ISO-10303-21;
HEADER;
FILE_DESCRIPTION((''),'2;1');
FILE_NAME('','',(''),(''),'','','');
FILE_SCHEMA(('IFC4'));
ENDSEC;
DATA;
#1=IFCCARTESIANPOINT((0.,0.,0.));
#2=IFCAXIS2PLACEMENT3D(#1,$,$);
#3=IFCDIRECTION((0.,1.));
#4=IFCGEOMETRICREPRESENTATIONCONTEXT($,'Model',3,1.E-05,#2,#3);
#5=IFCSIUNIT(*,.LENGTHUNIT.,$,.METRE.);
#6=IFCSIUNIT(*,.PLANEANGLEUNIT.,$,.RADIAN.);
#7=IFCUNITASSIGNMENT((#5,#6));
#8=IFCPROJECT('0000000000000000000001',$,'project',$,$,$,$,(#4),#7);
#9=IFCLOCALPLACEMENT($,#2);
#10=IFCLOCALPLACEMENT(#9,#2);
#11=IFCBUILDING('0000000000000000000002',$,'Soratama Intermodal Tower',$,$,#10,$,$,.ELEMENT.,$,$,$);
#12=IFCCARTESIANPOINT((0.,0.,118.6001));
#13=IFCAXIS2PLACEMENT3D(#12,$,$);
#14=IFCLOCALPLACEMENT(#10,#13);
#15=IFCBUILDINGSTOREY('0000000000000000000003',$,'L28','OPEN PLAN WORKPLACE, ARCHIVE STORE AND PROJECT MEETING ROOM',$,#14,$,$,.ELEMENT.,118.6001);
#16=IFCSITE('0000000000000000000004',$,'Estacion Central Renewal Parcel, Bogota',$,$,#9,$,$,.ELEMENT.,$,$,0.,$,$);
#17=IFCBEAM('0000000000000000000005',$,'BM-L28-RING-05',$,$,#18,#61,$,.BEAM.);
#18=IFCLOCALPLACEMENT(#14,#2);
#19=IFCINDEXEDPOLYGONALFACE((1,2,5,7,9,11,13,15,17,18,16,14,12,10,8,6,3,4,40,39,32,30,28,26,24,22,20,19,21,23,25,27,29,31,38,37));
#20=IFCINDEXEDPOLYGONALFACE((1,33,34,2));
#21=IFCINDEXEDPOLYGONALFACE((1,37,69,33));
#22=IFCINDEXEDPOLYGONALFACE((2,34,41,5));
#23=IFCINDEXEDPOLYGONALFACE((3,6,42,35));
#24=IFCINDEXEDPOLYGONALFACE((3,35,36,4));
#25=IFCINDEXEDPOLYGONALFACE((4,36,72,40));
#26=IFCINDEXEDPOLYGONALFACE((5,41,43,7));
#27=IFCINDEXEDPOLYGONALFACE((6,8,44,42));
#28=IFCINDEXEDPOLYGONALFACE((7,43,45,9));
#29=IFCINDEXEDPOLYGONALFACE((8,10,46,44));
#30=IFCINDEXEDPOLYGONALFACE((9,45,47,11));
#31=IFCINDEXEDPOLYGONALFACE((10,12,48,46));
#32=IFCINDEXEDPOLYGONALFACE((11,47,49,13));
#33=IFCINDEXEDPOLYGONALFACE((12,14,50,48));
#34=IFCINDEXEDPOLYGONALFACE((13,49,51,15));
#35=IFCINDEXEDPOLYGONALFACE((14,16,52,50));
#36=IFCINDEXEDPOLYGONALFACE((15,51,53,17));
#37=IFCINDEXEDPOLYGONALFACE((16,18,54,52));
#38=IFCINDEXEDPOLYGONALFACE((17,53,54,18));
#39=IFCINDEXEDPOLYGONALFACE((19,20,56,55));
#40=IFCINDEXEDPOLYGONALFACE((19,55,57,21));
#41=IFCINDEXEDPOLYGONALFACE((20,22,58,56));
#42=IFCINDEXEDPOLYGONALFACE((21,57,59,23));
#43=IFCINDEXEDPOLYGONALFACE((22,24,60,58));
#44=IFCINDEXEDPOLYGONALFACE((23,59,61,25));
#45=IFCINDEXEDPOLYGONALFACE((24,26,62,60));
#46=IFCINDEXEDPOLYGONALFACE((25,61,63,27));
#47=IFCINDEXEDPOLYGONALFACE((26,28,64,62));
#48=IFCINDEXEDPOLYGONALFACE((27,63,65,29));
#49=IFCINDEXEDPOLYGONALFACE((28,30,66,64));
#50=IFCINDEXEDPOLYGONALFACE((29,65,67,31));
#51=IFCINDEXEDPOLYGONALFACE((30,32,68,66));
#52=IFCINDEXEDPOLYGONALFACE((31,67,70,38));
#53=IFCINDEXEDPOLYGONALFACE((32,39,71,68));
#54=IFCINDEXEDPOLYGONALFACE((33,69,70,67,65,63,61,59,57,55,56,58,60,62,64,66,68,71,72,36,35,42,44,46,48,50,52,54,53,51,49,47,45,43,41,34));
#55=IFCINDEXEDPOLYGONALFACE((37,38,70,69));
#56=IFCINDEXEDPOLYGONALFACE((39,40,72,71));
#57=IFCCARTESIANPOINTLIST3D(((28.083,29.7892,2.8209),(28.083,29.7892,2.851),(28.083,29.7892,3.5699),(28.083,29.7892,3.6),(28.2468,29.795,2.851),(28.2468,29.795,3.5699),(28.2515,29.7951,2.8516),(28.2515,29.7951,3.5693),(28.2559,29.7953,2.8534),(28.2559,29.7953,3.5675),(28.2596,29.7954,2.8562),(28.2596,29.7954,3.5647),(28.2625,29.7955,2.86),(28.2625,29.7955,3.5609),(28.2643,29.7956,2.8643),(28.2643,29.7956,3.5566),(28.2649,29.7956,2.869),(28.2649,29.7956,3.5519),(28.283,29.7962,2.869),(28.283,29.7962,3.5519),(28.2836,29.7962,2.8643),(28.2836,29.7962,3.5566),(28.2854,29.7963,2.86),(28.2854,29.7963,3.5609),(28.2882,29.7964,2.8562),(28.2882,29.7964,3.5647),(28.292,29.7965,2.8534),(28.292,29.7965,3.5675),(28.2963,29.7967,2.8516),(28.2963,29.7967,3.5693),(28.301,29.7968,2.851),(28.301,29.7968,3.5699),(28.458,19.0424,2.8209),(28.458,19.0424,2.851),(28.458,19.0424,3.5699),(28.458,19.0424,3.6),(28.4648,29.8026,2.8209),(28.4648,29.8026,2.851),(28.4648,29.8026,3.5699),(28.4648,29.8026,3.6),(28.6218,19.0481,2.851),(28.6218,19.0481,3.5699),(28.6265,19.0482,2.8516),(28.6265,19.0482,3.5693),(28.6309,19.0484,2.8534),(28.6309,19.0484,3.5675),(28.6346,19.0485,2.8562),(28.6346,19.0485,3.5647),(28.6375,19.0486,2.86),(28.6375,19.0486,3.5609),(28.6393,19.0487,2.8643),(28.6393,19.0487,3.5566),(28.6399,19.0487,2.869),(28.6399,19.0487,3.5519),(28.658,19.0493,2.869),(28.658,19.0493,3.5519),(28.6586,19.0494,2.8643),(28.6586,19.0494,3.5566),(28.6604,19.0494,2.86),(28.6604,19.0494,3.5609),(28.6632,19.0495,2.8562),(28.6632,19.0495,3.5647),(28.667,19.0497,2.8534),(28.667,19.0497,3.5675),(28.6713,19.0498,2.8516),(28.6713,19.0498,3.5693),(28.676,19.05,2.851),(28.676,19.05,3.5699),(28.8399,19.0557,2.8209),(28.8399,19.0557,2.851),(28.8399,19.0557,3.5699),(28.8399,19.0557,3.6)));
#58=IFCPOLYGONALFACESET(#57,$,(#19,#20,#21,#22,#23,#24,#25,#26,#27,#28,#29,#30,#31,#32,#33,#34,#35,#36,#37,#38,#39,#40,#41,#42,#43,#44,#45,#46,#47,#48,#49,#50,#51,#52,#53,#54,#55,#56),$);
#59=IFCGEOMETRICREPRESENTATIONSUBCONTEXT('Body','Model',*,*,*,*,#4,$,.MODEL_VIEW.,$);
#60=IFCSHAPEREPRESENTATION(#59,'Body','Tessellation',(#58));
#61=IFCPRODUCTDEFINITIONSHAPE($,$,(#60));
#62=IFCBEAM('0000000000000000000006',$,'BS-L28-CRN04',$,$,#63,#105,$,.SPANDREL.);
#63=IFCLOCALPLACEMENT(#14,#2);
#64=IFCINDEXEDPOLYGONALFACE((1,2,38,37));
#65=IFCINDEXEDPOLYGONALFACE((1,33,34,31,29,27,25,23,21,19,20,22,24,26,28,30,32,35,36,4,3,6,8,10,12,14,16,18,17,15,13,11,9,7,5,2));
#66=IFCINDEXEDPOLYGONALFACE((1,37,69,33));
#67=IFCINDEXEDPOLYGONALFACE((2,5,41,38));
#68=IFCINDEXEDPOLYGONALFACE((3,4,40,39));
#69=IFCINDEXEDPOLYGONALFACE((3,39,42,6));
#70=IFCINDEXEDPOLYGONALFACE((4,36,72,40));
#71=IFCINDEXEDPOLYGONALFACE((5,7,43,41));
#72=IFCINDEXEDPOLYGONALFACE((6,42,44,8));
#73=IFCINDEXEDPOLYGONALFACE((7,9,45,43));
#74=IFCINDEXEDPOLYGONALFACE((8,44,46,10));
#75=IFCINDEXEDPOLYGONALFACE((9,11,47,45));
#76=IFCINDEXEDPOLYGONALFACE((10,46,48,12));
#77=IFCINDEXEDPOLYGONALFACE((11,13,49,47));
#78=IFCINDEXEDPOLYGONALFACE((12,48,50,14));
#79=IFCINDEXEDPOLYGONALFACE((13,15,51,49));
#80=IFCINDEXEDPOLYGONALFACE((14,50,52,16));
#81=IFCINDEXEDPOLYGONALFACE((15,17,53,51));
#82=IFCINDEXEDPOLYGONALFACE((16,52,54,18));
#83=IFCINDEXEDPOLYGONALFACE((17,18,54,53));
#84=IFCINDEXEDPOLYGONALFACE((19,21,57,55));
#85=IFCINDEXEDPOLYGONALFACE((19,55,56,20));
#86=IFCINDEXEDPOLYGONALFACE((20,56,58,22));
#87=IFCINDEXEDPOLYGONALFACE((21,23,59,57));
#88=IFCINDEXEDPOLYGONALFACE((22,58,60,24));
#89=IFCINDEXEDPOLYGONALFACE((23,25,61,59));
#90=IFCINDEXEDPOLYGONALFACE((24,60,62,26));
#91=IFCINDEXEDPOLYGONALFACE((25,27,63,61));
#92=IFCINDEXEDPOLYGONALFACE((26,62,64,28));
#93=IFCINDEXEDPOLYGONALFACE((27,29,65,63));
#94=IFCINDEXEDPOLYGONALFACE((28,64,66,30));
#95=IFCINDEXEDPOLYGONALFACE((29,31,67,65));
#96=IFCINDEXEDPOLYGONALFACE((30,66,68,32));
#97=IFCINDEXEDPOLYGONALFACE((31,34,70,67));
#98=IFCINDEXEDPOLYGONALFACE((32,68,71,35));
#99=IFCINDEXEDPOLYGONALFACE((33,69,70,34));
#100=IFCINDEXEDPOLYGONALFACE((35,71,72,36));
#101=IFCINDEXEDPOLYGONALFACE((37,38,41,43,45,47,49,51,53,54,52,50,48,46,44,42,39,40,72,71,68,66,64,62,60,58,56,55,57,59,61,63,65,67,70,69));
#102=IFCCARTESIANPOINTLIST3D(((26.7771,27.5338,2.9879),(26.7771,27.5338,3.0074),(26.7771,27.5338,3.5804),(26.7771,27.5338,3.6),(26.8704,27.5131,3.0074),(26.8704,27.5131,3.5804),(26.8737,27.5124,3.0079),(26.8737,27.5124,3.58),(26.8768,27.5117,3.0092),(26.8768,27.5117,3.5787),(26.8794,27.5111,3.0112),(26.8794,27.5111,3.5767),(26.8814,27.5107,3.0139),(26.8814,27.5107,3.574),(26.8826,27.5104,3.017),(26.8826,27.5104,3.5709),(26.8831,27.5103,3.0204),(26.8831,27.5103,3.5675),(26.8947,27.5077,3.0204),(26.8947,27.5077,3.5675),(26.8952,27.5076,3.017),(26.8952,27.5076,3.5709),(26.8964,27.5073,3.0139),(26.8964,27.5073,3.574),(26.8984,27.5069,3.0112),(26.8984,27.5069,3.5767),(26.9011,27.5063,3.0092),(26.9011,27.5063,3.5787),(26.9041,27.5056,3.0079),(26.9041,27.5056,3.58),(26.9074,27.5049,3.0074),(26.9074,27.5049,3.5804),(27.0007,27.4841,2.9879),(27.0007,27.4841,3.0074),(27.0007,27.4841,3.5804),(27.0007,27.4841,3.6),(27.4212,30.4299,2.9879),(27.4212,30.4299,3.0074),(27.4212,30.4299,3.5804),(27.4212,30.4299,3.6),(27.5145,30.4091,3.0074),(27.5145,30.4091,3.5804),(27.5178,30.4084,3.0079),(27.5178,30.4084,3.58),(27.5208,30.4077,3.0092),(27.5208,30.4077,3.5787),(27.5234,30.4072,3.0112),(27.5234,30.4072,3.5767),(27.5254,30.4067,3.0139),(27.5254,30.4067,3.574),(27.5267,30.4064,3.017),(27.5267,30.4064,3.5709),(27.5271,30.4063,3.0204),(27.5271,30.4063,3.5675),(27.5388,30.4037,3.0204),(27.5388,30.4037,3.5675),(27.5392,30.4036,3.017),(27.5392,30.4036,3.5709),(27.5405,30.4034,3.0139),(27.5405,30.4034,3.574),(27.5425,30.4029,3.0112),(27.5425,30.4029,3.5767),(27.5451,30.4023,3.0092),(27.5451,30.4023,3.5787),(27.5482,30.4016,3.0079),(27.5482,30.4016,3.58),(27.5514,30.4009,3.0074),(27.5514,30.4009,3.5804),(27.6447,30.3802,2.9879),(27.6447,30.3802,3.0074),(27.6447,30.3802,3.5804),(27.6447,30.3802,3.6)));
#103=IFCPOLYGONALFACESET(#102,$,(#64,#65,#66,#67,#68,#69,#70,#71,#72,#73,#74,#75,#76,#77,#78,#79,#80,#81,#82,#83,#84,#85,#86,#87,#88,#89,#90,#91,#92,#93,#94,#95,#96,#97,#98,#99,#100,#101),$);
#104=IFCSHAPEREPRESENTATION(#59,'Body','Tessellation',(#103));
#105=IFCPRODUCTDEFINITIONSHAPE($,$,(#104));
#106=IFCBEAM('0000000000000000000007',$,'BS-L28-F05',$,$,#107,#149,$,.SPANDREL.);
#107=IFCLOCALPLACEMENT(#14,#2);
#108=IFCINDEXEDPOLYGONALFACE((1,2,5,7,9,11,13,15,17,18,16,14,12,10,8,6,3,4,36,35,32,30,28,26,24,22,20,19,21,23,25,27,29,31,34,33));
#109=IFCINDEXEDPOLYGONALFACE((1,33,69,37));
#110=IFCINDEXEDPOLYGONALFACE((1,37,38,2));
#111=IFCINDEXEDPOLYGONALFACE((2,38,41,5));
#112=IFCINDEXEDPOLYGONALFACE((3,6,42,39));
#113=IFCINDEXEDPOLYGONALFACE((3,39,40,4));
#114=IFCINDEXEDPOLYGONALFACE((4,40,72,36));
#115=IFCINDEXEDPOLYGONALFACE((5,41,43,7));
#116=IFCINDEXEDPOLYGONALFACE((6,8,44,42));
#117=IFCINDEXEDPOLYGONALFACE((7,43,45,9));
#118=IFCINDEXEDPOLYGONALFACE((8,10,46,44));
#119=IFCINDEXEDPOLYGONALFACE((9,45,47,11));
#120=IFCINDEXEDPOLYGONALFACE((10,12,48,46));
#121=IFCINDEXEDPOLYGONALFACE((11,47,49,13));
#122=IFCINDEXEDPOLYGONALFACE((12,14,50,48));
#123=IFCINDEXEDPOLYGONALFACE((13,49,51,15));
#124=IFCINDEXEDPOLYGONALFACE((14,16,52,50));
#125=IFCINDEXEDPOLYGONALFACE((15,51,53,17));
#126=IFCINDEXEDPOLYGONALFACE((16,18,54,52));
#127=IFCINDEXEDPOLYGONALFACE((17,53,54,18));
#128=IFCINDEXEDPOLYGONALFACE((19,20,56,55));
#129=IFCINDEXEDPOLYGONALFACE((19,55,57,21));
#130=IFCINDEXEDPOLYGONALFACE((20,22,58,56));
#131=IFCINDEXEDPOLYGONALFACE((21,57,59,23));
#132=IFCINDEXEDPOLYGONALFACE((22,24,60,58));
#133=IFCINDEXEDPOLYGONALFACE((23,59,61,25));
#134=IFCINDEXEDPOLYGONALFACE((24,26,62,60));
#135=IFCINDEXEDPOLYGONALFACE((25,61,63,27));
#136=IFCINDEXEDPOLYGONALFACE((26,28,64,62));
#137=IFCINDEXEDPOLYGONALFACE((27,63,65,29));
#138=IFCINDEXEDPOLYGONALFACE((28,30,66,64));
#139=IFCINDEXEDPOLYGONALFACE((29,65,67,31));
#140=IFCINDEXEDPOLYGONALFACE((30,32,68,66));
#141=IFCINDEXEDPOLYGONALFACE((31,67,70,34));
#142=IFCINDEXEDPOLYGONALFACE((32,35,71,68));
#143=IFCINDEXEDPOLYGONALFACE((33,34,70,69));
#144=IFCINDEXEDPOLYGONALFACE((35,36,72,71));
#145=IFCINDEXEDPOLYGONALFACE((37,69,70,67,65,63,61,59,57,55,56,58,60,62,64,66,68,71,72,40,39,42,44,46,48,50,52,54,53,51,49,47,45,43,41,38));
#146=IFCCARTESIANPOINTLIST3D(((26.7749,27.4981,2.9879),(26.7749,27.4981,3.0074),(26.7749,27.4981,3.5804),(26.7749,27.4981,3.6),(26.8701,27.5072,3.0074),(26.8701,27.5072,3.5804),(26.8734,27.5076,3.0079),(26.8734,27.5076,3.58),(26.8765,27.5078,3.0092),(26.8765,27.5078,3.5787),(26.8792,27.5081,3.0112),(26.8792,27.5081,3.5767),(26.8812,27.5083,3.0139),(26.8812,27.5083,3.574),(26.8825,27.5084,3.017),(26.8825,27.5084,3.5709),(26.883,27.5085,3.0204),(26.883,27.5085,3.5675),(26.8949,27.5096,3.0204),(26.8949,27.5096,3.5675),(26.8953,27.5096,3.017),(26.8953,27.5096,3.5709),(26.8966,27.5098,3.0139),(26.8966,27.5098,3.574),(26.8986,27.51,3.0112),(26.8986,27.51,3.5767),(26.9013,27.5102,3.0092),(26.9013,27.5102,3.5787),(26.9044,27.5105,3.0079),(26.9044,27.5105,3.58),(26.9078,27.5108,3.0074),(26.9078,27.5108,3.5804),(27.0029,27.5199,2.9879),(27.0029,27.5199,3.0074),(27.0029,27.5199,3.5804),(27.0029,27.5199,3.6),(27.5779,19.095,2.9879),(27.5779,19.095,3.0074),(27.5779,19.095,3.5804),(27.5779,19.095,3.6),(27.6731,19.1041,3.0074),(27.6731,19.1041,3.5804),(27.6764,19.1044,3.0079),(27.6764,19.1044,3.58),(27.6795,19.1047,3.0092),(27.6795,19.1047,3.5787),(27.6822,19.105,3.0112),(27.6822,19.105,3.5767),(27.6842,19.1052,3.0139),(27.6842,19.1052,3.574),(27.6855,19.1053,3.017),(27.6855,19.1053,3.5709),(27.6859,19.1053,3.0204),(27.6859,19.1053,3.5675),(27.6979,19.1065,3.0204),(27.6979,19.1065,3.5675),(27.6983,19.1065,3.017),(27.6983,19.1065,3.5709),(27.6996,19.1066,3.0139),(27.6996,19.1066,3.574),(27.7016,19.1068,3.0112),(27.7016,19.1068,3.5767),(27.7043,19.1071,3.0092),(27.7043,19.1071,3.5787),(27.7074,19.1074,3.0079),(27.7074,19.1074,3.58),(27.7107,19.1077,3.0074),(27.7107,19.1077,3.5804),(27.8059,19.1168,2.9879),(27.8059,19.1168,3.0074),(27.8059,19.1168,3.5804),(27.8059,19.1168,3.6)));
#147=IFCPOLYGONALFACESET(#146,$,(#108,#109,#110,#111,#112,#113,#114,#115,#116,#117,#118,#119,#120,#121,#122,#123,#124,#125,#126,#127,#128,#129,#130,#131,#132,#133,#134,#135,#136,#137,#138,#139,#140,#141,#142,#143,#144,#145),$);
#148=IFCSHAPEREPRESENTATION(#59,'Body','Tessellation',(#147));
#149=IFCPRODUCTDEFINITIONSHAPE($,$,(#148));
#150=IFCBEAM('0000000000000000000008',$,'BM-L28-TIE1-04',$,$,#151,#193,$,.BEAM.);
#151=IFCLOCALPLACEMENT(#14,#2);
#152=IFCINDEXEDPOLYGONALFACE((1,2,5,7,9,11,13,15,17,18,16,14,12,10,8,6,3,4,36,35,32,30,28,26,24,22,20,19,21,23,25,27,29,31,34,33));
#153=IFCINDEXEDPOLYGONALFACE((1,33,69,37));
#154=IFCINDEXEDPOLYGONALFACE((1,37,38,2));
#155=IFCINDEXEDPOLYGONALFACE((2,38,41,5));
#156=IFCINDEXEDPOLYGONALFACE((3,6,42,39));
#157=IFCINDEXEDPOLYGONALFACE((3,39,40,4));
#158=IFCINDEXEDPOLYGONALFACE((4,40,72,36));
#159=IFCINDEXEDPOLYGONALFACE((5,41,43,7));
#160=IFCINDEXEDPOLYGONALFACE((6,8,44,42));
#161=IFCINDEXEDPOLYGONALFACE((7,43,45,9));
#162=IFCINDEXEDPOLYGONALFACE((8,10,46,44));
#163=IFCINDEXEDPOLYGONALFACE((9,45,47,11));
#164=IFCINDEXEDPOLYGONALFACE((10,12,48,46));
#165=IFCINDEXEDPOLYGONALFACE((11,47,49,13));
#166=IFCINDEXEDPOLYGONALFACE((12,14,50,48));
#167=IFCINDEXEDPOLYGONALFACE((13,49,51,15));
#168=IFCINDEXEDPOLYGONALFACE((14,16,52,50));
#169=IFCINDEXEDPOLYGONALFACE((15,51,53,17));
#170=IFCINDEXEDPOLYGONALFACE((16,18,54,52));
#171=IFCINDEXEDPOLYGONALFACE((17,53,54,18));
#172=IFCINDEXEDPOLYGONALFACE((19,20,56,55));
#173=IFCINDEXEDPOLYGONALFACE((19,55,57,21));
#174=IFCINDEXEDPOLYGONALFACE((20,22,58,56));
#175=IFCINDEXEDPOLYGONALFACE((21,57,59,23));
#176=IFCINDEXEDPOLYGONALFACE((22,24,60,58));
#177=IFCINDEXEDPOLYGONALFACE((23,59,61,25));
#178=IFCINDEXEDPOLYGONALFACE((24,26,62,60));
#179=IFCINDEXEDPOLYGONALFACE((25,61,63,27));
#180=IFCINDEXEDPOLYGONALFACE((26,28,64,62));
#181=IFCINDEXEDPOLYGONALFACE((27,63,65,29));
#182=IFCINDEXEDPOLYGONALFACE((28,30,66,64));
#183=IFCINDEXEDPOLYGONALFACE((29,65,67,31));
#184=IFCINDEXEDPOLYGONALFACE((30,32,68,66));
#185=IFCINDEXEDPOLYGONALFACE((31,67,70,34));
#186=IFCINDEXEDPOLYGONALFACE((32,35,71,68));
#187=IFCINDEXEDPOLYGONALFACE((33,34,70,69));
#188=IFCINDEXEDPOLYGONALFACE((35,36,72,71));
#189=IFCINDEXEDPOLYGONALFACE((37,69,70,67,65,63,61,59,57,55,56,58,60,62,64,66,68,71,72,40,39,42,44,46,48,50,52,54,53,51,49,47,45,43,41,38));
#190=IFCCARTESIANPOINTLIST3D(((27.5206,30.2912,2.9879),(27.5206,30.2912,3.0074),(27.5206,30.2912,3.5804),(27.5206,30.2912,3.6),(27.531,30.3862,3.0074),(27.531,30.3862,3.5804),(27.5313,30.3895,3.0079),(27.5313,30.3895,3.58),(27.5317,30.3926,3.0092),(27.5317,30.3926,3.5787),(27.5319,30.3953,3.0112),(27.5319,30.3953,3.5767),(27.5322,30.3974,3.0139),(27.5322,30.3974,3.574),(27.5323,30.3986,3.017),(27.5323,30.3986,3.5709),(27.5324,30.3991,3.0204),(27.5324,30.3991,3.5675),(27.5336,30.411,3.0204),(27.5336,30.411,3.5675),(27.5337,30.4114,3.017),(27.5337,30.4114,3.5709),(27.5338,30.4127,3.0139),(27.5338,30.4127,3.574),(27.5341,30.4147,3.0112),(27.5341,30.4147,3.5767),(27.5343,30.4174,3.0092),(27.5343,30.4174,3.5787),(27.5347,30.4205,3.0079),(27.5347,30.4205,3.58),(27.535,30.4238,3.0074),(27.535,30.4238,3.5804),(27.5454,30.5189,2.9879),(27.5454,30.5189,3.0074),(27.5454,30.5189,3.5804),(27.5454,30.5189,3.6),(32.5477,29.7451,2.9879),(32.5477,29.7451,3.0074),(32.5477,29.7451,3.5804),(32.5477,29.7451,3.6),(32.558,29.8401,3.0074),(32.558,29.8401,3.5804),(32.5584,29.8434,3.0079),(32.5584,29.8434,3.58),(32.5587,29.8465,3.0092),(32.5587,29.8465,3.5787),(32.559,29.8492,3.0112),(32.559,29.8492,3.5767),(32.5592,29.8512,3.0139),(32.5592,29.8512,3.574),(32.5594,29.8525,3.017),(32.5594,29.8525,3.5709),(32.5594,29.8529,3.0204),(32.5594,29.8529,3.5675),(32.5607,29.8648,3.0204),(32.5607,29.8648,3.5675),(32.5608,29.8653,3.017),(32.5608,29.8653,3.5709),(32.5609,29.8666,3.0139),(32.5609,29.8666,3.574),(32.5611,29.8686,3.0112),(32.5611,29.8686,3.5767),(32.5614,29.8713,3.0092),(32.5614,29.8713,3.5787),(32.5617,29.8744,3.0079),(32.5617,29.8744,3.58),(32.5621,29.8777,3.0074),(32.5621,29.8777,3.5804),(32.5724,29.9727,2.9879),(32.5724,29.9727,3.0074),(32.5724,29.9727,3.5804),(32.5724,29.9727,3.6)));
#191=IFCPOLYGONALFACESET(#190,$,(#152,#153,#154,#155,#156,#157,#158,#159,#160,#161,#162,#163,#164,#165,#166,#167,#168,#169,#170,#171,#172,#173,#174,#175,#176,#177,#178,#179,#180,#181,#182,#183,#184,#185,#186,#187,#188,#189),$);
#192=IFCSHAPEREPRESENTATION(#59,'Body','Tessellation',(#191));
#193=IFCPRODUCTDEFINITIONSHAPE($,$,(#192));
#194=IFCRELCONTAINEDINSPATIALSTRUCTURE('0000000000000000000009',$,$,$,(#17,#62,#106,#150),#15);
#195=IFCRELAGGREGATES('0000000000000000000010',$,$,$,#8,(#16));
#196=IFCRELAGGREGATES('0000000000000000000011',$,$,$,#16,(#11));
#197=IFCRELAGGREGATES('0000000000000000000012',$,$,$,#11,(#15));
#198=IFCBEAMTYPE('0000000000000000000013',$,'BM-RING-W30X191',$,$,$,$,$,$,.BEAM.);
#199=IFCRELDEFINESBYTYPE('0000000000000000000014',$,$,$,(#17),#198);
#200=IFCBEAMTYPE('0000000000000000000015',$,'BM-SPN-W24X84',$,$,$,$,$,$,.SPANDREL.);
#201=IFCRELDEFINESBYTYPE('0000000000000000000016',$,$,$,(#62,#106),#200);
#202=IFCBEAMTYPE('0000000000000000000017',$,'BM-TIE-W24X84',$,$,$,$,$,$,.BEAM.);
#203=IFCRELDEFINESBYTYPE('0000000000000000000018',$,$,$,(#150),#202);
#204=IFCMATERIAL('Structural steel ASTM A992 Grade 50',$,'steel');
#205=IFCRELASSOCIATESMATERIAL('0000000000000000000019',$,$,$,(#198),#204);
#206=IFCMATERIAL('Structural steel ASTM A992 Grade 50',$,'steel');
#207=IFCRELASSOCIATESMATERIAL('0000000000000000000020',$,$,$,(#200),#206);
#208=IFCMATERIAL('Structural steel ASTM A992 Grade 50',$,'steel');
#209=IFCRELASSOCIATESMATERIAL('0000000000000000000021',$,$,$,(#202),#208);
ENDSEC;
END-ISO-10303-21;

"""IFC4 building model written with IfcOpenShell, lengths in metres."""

from ifc_helpers import new_model, si_unit, direction, frame, origin, origin_2d, place, context, subcontext, project, spatial, i_section, extrude, material, material_profile, profile_set, type_object, element, save


model = new_model("IFC4")

# Units and contexts
model_context = context("Model", 3, precision=1e-05, world=origin(), true_north=direction((0.0, 1.0)))
body_context = subcontext(model_context, "Body", "Model", "MODEL_VIEW")
ifc_project = project(units=[si_unit("LENGTHUNIT", "METRE"), si_unit("PLANEANGLEUNIT", "RADIAN")], contexts=[model_context])

# Site, building, storey
site_placement = place(None, origin())
site = spatial("IfcSite", under=ifc_project, at=site_placement, Name="Estacion Central Renewal Parcel, Bogota", CompositionType="ELEMENT", RefElevation=0.0)
building_placement = place(site_placement, origin())
building = spatial("IfcBuilding", under=site, at=building_placement, Name="Soratama Intermodal Tower", CompositionType="ELEMENT")
storey_placement = place(building_placement, frame((0.0, 0.0, 118.6001)))
storey = spatial("IfcBuildingStorey", under=building, at=storey_placement, Name="L28", Description="OPEN PLAN WORKPLACE, ARCHIVE STORE AND PROJECT MEETING ROOM", CompositionType="ELEMENT", Elevation=118.6001)

# Beams
ifc_material_1 = material(Name="Structural steel ASTM A992 Grade 50", Category="steel")
ifc_material_profile_1 = material_profile(ifc_material_1, i_section(OverallWidth=0.3821, OverallDepth=0.7791, WebThickness=0.0181, FlangeThickness=0.03, FilletRadius=0.0181, at=origin_2d()), Name="W30X191")
ifc_profile_set_1 = profile_set([ifc_material_profile_1], Name="Structural steel ASTM A992 Grade 50")
beam_type_1 = type_object("IfcBeamType", Name="BM-RING-W30X191", PredefinedType="BEAM", material=ifc_profile_set_1)
beam_1_placement = place(storey_placement, frame((28.2739, 29.7959, 3.2104), z_axis=(0.034873, -0.999392, 0.0), x_axis=(0.999392, 0.034873, 0.0)))
element("IfcBeam", 1, at=beam_1_placement, inside=storey, type_object=beam_type_1, Name="BM-L28-RING-05", PredefinedType="BEAM", context=body_context, shape_type="SweptSolid", body=[
    extrude(i_section(OverallWidth=0.3821, OverallDepth=0.7791, WebThickness=0.0181, FlangeThickness=0.03, FilletRadius=0.0181, at=origin_2d()), origin(), (0.0, 0.0, 1.0), 10.7534),
])
ifc_material_2 = material(Name="Structural steel ASTM A992 Grade 50", Category="steel")
ifc_material_profile_2 = material_profile(ifc_material_2, i_section(OverallWidth=0.229, OverallDepth=0.6121, WebThickness=0.012, FlangeThickness=0.0195, FilletRadius=0.0129, at=origin_2d()), Name="W24X84")
ifc_profile_set_2 = profile_set([ifc_material_profile_2], Name="Structural steel ASTM A992 Grade 50")
beam_type_2 = type_object("IfcBeamType", Name="BM-SPN-W24X84", PredefinedType="SPANDREL", material=ifc_profile_set_2)
beam_2_placement = place(storey_placement, frame((27.533, 30.405, 3.2939), z_axis=(-0.217087, -0.976152, 0.0), x_axis=(0.976152, -0.217087, 0.0)))
element("IfcBeam", 2, at=beam_2_placement, inside=storey, type_object=beam_type_2, Name="BS-L28-CRN04", PredefinedType="SPANDREL", context=body_context, shape_type="SweptSolid", body=[
    extrude(i_section(OverallWidth=0.229, OverallDepth=0.6121, WebThickness=0.012, FlangeThickness=0.0195, FilletRadius=0.0129, at=origin_2d()), origin(), (0.0, 0.0, 1.0), 2.9668),
])
beam_3_placement = place(storey_placement, frame((26.8889, 27.509, 3.2939), z_axis=(0.095124, -0.995465, 0.0), x_axis=(0.995465, 0.095124, 0.0)))
element("IfcBeam", 3, at=beam_3_placement, inside=storey, type_object=beam_type_2, Name="BS-L28-F05", PredefinedType="SPANDREL", context=body_context, shape_type="SweptSolid", body=[
    extrude(i_section(OverallWidth=0.229, OverallDepth=0.6121, WebThickness=0.012, FlangeThickness=0.0195, FilletRadius=0.0129, at=origin_2d()), origin(), (0.0, 0.0, 1.0), 8.4414),
])
ifc_material_3 = material(Name="Structural steel ASTM A992 Grade 50", Category="steel")
ifc_material_profile_3 = material_profile(ifc_material_3, i_section(OverallWidth=0.229, OverallDepth=0.6121, WebThickness=0.012, FlangeThickness=0.0195, FilletRadius=0.0129, at=origin_2d()), Name="W24X84")
ifc_profile_set_3 = profile_set([ifc_material_profile_3], Name="Structural steel ASTM A992 Grade 50")
beam_type_3 = type_object("IfcBeamType", Name="BM-TIE-W24X84", PredefinedType="BEAM", material=ifc_profile_set_3)
beam_4_placement = place(storey_placement, frame((32.5601, 29.8589, 3.2939), z_axis=(-0.99415, 0.108004, 0.0), x_axis=(-0.108004, -0.99415, 0.0)))
element("IfcBeam", 4, at=beam_4_placement, inside=storey, type_object=beam_type_3, Name="BM-L28-TIE1-04", PredefinedType="BEAM", context=body_context, shape_type="SweptSolid", body=[
    extrude(i_section(OverallWidth=0.229, OverallDepth=0.6121, WebThickness=0.012, FlangeThickness=0.0195, FilletRadius=0.0129, at=origin_2d()), origin(), (0.0, 0.0, 1.0), 5.0566),
])

save(model, "model.ifc")
